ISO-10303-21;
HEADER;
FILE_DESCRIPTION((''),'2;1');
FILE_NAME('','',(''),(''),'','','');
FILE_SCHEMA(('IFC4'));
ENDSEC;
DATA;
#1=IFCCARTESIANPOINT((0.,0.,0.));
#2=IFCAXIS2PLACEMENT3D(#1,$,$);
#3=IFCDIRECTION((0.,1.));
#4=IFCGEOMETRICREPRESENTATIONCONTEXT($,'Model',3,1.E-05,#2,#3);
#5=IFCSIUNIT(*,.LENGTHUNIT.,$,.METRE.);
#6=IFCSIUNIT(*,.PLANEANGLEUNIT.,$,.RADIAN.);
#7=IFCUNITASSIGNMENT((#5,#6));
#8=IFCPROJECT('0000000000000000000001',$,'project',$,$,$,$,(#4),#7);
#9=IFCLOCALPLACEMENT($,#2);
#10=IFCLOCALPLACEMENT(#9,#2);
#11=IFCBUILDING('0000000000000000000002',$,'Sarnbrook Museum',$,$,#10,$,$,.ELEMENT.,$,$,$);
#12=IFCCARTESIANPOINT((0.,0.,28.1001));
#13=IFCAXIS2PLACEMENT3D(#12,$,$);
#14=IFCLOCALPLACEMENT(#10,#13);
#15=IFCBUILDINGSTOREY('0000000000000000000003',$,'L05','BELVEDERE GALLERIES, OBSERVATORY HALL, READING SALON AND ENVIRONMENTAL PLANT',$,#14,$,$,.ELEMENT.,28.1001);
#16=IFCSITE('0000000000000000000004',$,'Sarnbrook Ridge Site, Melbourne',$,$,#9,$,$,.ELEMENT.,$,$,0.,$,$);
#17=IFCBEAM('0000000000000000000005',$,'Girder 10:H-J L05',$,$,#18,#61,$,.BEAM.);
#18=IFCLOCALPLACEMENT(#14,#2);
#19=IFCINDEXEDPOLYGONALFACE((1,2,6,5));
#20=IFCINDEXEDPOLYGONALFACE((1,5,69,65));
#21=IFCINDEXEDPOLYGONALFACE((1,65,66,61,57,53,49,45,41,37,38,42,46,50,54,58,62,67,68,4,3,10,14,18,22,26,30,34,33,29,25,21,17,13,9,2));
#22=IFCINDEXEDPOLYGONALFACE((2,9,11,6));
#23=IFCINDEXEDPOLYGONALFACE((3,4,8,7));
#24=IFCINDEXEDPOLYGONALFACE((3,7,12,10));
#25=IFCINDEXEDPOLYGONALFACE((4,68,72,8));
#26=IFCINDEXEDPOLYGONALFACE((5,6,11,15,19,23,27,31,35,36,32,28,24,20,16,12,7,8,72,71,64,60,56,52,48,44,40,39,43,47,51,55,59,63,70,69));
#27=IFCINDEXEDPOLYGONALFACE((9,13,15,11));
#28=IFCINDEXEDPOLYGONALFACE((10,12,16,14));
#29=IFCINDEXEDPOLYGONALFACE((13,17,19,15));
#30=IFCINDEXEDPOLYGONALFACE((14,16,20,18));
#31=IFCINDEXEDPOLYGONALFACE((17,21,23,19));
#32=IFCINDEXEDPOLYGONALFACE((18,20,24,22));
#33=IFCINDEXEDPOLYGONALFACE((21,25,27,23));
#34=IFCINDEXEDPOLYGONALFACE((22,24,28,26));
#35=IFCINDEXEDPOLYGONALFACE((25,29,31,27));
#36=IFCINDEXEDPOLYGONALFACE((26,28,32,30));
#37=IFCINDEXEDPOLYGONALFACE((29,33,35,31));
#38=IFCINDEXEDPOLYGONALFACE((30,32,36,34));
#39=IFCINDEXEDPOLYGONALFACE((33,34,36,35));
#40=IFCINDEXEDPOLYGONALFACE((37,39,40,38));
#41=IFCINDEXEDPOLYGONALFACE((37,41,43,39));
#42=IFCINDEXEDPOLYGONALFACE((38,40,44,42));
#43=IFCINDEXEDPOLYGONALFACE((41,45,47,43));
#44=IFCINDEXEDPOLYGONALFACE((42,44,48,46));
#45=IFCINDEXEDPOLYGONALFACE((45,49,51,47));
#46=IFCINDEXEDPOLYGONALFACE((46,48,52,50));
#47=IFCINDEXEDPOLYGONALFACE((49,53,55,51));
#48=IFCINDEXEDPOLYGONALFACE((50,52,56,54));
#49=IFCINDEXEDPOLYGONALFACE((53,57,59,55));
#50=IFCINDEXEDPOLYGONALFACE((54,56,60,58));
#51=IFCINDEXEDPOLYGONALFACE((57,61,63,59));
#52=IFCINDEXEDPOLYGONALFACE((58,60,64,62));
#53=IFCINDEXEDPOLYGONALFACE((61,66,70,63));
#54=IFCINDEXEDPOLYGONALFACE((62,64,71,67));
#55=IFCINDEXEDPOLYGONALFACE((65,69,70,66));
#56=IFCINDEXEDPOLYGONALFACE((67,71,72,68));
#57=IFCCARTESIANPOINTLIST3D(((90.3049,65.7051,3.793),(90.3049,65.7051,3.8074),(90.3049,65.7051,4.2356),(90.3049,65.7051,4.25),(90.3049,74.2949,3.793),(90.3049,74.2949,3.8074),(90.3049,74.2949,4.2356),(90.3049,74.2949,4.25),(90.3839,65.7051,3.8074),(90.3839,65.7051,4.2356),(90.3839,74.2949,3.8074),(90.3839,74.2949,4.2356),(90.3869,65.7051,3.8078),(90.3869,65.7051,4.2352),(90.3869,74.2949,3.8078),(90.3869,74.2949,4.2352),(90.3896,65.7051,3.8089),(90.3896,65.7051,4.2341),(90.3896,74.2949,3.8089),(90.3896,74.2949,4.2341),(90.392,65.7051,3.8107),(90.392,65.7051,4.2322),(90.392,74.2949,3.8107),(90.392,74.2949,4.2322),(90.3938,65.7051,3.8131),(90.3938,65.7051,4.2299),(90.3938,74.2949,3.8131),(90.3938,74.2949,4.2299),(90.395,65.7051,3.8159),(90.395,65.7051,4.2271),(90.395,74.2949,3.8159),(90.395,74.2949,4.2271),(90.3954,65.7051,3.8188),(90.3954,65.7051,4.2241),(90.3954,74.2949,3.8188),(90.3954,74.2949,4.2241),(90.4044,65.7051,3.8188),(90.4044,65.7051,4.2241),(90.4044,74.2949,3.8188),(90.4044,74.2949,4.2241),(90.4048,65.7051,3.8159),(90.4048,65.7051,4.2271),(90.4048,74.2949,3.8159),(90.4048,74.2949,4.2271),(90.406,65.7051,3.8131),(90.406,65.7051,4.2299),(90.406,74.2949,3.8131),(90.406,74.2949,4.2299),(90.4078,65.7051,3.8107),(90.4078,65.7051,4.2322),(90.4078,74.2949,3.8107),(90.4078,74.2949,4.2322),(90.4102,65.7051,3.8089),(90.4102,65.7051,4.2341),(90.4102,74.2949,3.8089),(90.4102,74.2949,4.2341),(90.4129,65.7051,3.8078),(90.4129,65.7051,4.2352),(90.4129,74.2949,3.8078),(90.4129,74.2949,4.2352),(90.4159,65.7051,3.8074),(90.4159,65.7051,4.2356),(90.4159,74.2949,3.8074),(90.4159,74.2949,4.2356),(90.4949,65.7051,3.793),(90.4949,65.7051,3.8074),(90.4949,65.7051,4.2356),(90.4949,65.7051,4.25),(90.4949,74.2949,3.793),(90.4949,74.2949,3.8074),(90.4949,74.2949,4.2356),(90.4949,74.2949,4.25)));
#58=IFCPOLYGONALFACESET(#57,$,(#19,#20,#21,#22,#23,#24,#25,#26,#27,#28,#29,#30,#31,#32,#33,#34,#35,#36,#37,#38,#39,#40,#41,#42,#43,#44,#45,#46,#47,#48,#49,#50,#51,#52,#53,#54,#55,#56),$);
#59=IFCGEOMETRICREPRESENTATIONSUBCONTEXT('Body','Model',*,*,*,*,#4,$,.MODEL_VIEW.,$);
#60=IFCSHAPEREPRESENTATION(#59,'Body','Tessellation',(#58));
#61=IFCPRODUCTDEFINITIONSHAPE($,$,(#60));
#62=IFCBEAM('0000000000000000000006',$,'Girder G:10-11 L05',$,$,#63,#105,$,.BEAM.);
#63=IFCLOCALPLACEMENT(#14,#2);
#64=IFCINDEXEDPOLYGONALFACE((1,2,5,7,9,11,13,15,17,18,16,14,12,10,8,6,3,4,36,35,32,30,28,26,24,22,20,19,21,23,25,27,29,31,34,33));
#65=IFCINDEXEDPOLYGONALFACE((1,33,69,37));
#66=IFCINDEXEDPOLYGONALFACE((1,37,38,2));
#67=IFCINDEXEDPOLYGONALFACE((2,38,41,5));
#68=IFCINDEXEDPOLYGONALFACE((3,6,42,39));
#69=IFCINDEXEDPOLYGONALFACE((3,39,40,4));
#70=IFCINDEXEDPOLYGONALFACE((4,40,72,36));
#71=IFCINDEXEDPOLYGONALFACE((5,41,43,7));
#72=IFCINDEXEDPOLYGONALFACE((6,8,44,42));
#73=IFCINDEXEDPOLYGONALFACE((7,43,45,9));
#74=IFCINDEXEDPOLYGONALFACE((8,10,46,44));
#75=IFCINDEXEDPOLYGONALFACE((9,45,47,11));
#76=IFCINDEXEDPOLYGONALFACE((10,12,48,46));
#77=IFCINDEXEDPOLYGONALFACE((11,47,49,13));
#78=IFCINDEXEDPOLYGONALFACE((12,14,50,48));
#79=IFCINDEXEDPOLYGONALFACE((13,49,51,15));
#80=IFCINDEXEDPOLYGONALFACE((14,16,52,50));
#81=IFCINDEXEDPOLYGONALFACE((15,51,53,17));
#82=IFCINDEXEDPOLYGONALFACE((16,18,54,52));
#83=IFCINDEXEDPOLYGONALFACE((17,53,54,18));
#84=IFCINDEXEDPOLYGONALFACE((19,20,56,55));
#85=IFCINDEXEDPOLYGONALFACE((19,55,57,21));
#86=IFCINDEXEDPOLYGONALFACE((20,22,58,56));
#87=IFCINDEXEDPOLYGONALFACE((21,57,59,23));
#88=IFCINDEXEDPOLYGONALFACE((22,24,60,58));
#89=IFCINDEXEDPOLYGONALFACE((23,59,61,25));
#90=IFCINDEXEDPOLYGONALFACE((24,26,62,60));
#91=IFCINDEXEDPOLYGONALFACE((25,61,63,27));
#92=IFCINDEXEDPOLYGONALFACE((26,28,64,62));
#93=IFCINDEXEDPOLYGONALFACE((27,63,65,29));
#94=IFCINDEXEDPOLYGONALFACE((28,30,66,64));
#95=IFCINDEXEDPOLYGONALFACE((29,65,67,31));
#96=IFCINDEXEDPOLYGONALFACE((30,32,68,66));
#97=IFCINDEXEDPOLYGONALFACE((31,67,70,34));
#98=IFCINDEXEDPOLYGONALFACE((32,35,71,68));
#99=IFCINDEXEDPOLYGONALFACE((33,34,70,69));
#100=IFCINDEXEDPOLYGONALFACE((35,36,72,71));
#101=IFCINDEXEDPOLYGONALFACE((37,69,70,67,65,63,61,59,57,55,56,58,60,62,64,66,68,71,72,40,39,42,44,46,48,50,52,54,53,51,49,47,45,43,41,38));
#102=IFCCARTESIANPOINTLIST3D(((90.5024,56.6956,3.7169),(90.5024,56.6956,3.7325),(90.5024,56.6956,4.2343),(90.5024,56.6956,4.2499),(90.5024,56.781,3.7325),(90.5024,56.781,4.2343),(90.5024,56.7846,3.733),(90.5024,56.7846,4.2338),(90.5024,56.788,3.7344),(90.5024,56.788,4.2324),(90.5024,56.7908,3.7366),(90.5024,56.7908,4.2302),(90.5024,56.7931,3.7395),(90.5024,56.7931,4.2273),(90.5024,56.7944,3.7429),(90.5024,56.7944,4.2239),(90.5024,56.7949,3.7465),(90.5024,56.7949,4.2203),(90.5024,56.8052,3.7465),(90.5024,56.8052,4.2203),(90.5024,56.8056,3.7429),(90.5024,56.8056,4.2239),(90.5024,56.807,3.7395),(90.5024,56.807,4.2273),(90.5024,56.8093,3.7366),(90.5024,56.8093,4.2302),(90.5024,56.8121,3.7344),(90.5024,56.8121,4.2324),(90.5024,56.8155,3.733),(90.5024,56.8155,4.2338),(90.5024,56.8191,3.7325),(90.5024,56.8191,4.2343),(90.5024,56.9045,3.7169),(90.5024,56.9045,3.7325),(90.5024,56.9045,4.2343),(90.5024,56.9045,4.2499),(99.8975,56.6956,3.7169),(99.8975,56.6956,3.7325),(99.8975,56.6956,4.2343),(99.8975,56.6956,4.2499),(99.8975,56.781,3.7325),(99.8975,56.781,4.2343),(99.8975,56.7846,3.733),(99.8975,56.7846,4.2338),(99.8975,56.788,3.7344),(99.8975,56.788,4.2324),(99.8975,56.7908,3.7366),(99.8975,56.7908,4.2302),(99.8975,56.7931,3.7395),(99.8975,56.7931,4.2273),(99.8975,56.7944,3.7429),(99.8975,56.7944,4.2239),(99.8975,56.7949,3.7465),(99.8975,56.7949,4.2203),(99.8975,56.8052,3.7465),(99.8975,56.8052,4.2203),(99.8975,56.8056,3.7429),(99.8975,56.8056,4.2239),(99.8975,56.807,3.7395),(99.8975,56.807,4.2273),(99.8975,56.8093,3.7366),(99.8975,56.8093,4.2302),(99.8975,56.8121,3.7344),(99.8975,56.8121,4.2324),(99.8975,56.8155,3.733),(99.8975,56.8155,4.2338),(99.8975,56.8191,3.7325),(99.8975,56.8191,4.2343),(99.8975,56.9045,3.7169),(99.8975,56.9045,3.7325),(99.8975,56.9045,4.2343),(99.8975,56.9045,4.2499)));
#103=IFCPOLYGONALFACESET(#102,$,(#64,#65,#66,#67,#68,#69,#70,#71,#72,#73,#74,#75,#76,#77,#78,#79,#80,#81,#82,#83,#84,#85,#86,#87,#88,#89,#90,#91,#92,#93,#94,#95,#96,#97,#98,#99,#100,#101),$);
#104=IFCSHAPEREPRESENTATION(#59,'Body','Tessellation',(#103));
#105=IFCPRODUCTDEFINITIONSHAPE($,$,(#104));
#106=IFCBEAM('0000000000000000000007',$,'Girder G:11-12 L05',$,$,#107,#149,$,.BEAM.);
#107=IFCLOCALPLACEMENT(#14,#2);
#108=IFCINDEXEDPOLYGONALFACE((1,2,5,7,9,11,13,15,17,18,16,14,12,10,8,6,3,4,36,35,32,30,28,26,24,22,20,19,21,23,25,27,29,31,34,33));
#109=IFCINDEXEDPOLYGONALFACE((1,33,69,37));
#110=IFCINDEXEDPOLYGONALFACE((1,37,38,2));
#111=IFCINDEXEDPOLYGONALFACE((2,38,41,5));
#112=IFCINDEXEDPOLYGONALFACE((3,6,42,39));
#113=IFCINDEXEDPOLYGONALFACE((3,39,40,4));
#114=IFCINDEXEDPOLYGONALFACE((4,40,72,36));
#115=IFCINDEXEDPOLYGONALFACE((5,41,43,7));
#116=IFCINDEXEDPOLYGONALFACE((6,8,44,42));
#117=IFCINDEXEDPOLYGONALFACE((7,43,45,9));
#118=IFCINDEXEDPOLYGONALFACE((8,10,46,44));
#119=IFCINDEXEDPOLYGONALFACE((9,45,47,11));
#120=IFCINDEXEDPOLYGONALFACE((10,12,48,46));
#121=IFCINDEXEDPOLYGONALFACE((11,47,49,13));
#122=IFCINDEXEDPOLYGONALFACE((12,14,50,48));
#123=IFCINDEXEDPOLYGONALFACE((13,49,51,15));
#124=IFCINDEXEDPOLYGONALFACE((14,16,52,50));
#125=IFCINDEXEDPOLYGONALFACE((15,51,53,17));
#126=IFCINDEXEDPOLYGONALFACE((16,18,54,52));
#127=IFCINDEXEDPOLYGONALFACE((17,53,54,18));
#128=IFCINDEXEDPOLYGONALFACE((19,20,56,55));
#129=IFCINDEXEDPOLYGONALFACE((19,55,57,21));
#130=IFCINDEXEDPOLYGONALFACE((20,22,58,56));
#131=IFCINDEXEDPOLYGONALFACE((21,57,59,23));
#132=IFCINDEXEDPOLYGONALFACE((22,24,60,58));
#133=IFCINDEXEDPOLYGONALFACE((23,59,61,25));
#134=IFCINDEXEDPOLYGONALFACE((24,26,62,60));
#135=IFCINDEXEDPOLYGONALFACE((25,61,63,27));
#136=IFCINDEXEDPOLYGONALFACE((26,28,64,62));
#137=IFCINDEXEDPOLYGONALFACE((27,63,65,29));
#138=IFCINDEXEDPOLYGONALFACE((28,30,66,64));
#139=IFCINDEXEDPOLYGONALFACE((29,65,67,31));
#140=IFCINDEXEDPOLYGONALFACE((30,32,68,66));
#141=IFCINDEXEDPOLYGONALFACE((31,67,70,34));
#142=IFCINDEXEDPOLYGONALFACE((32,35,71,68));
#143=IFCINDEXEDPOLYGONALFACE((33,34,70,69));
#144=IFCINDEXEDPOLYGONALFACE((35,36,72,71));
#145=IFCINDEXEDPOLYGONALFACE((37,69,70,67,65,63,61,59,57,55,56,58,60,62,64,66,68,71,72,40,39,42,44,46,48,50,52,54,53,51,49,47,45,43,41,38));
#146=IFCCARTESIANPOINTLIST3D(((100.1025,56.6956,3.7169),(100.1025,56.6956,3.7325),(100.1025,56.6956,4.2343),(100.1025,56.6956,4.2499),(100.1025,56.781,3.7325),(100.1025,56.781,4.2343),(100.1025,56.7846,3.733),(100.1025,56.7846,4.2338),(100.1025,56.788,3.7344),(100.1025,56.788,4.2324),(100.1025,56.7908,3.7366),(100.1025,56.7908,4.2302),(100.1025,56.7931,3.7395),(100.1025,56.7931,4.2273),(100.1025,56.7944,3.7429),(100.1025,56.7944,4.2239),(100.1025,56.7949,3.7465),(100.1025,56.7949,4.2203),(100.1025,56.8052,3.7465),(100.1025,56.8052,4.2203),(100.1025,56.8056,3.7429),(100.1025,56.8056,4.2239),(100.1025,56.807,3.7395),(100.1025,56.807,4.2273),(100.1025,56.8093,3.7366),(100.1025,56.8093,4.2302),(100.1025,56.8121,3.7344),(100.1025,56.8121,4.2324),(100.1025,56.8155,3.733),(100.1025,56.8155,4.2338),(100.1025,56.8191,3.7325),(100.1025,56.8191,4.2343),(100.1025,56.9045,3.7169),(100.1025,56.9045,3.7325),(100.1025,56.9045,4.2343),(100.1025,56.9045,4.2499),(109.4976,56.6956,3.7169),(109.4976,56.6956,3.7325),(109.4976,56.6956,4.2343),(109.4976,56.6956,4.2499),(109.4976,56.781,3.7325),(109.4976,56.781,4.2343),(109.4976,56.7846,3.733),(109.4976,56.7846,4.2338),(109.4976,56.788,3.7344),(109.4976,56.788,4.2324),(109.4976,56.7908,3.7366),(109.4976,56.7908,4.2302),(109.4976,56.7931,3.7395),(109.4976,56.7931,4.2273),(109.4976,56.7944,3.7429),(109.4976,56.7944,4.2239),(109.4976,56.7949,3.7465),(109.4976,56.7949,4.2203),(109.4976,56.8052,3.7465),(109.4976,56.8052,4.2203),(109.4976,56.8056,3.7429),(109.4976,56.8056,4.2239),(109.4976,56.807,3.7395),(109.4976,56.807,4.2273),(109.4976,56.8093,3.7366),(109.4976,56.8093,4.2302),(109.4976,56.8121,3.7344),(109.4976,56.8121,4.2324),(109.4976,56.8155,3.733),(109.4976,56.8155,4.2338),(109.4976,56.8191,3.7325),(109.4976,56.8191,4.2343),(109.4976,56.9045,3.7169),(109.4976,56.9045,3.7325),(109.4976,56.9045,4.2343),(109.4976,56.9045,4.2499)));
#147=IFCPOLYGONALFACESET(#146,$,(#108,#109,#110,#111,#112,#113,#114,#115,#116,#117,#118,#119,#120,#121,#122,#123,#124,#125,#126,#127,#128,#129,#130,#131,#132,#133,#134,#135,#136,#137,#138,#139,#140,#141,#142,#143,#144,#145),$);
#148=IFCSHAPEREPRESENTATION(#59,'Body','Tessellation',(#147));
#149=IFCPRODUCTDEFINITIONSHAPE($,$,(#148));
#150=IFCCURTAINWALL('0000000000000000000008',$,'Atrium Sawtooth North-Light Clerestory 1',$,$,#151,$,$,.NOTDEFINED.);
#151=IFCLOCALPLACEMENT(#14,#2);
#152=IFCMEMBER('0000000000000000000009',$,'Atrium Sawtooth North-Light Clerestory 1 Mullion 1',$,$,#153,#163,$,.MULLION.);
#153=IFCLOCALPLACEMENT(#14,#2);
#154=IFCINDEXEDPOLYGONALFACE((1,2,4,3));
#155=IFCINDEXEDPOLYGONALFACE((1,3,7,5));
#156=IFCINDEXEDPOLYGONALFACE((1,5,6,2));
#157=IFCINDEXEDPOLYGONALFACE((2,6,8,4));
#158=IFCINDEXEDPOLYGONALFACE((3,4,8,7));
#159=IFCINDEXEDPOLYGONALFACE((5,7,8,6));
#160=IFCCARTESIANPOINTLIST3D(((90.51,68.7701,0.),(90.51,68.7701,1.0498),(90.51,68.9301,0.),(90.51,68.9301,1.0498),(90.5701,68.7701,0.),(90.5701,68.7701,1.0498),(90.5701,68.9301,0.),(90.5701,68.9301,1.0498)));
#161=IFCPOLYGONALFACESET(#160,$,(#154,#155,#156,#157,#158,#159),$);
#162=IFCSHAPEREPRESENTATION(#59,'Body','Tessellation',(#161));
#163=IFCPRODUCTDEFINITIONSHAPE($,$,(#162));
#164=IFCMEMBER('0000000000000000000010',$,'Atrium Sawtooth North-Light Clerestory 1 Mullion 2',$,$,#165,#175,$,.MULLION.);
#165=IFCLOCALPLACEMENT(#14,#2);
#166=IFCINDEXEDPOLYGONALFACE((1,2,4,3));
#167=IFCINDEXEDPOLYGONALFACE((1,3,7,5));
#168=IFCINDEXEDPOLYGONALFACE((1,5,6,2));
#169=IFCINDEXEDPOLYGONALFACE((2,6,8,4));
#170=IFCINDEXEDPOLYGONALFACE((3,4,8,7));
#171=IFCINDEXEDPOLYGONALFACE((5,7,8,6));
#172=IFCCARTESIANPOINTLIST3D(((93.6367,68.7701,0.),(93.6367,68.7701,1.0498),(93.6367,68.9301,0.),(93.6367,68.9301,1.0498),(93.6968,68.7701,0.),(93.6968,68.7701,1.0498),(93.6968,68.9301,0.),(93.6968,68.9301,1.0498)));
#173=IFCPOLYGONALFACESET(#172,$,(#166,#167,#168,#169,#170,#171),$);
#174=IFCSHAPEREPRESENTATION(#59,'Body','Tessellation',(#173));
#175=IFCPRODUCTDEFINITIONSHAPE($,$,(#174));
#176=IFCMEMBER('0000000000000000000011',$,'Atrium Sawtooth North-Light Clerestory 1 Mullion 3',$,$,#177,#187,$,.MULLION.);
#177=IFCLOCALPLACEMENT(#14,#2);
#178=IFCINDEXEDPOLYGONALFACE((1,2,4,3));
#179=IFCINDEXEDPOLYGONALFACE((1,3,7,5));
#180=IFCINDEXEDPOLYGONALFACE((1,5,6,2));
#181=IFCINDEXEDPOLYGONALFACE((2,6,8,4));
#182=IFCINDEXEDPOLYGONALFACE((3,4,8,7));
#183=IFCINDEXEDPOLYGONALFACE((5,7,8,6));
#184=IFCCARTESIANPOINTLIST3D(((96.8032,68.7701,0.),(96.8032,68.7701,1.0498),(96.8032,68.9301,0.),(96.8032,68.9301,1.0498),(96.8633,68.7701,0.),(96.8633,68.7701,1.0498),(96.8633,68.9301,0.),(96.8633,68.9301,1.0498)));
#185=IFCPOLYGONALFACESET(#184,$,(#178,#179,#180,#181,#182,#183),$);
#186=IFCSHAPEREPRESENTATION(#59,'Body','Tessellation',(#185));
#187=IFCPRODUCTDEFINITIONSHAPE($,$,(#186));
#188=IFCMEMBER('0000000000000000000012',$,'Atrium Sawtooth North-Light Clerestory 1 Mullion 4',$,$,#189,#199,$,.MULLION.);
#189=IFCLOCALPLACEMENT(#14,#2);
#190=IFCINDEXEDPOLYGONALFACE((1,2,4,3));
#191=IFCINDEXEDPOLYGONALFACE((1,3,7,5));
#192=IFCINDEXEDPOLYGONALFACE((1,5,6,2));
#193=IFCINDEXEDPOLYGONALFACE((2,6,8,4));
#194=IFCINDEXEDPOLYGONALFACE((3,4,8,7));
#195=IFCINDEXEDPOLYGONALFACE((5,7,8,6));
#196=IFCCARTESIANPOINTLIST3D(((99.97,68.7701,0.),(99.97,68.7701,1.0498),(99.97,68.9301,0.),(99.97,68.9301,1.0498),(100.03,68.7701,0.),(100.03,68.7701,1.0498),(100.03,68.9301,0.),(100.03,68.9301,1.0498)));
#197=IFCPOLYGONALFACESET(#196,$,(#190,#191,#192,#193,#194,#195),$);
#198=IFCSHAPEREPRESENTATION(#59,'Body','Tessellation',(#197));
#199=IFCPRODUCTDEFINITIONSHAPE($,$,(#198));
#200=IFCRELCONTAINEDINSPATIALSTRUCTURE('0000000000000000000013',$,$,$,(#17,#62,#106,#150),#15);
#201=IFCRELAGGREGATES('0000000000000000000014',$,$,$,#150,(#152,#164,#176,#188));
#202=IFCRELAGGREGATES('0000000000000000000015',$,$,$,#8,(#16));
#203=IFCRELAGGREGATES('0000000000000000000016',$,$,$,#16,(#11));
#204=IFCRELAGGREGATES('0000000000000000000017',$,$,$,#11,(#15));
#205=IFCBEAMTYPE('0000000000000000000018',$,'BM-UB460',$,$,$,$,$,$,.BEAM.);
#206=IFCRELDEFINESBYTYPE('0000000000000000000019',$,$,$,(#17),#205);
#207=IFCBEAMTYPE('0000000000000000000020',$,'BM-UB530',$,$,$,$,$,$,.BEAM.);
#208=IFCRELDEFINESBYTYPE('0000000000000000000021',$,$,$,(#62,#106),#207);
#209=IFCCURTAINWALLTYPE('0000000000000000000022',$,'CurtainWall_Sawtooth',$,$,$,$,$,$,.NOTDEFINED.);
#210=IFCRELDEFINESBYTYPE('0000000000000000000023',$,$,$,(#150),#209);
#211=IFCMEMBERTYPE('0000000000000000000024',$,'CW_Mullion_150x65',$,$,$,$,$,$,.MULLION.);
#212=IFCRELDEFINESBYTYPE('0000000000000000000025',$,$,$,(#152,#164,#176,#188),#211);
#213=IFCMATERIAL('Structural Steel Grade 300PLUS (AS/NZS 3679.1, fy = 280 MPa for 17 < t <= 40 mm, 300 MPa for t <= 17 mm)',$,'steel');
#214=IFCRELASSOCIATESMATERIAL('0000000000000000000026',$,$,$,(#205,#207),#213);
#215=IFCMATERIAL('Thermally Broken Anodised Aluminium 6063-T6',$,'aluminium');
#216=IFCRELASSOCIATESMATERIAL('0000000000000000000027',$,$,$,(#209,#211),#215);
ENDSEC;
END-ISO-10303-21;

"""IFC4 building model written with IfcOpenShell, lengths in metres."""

from ifc_helpers import new_model, si_unit, direction, frame, origin, origin_2d, place, context, subcontext, project, spatial, rectangle, i_section, extrude, material, material_profile, profile_set, type_object, element, aggregate, save


model = new_model("IFC4")

# Units and contexts
model_context = context("Model", 3, precision=1e-05, world=origin(), true_north=direction((0.0, 1.0)))
body_context = subcontext(model_context, "Body", "Model", "MODEL_VIEW")
ifc_project = project(units=[si_unit("LENGTHUNIT", "METRE"), si_unit("PLANEANGLEUNIT", "RADIAN")], contexts=[model_context])

# Site, building, storey
site_placement = place(None, origin())
site = spatial("IfcSite", under=ifc_project, at=site_placement, Name="Sarnbrook Ridge Site, Melbourne", CompositionType="ELEMENT", RefElevation=0.0)
building_placement = place(site_placement, origin())
building = spatial("IfcBuilding", under=site, at=building_placement, Name="Sarnbrook Museum", CompositionType="ELEMENT")
storey_placement = place(building_placement, frame((0.0, 0.0, 28.1001)))
storey = spatial("IfcBuildingStorey", under=building, at=storey_placement, Name="L05", Description="BELVEDERE GALLERIES, OBSERVATORY HALL, READING SALON AND ENVIRONMENTAL PLANT", CompositionType="ELEMENT", Elevation=28.1001)

# Shared definitions
ifc_material_1 = material(Name="Structural Steel Grade 300PLUS (AS/NZS 3679.1, fy = 280 MPa for 17 < t <= 40 mm, 300 MPa for t <= 17 mm)", Category="steel")

# Beams
ifc_material_profile_1 = material_profile(ifc_material_1, i_section(OverallWidth=0.1899, OverallDepth=0.457, WebThickness=0.009, FlangeThickness=0.0144, FilletRadius=0.0115, at=origin_2d()), Name="460UB74.6")
ifc_profile_set_1 = profile_set([ifc_material_profile_1], Name="Structural Steel Grade 300PLUS (AS/NZS 3679.1, fy = 280 MPa for 17 < t <= 40 mm, 300 MPa for t <= 17 mm)")
beam_type_1 = type_object("IfcBeamType", Name="BM-UB460", PredefinedType="BEAM", material=ifc_profile_set_1)
beam_1_placement = place(storey_placement, frame((90.3999, 65.7051, 4.0215), z_axis=(0.0, 1.0, 0.0), x_axis=(-1.0, 0.0, 0.0)))
element("IfcBeam", 1, at=beam_1_placement, inside=storey, type_object=beam_type_1, Name="Girder 10:H-J L05", PredefinedType="BEAM", context=body_context, shape_type="SweptSolid", body=[
    extrude(i_section(OverallWidth=0.1899, OverallDepth=0.457, WebThickness=0.009, FlangeThickness=0.0144, FilletRadius=0.0115, at=origin_2d()), origin(), (0.0, 0.0, 1.0), 8.5898),
])
ifc_material_profile_2 = material_profile(ifc_material_1, i_section(OverallWidth=0.209, OverallDepth=0.533, WebThickness=0.0103, FlangeThickness=0.0156, FilletRadius=0.0139, at=origin_2d()), Name="530UB92.4")
ifc_profile_set_2 = profile_set([ifc_material_profile_2], Name="Structural Steel Grade 300PLUS (AS/NZS 3679.1, fy = 280 MPa for 17 < t <= 40 mm, 300 MPa for t <= 17 mm)")
beam_type_2 = type_object("IfcBeamType", Name="BM-UB530", PredefinedType="BEAM", material=ifc_profile_set_2)
for number, where, z_axis, x_axis, name in (
    (2, (90.5024, 56.8, 3.9834), (1.0, 0.0, 0.0), (0.0, 1.0, 0.0), "Girder G:10-11 L05"),
    (3, (100.1025, 56.8, 3.9834), (1.0, 0.0, 0.0), (0.0, 1.0, 0.0), "Girder G:11-12 L05"),
):
    element("IfcBeam", number, at=place(storey_placement, frame(where, z_axis=z_axis, x_axis=x_axis)), inside=storey, type_object=beam_type_2, Name=name, PredefinedType="BEAM", context=body_context, shape_type="SweptSolid", body=[
        extrude(i_section(OverallWidth=0.209, OverallDepth=0.533, WebThickness=0.0103, FlangeThickness=0.0156, FilletRadius=0.0139, at=origin_2d()), origin(), (0.0, 0.0, 1.0), 9.395),
    ])

# Curtain wall, members
ifc_material_2 = material(Name="Thermally Broken Anodised Aluminium 6063-T6", Category="aluminium")
curtain_wall_type = type_object("IfcCurtainWallType", Name="CurtainWall_Sawtooth", PredefinedType="NOTDEFINED", material=ifc_material_2)
curtain_wall_placement = place(storey_placement, origin())
curtain_wall = element("IfcCurtainWall", 4, at=curtain_wall_placement, inside=storey, type_object=curtain_wall_type, Name="Atrium Sawtooth North-Light Clerestory 1", PredefinedType="NOTDEFINED")
ifc_material_profile_3 = material_profile(ifc_material_2, rectangle(XDim=0.0601, YDim=0.1599, at=origin_2d()), Name="ALU MULLION 60x160")
ifc_profile_set_3 = profile_set([ifc_material_profile_3], Name="Thermally Broken Anodised Aluminium 6063-T6")
member_type_1 = type_object("IfcMemberType", Name="CW_Mullion_150x65", PredefinedType="MULLION", material=ifc_profile_set_3)
member_1_placement = place(storey_placement, frame((90.54, 68.8501, 0.0), z_axis=(0.0, 0.0, 1.0), x_axis=(1.0, 0.0, 0.0)))
member_1 = element("IfcMember", 5, at=member_1_placement, type_object=member_type_1, Name="Atrium Sawtooth North-Light Clerestory 1 Mullion 1", PredefinedType="MULLION", context=body_context, shape_type="SweptSolid", body=[
    extrude(rectangle(XDim=0.0601, YDim=0.1599, at=origin_2d()), origin(), (0.0, 0.0, 1.0), 1.0498),
])
member_2_placement = place(storey_placement, frame((93.6667, 68.8501, 0.0), z_axis=(0.0, 0.0, 1.0), x_axis=(1.0, 0.0, 0.0)))
member_2 = element("IfcMember", 6, at=member_2_placement, type_object=member_type_1, Name="Atrium Sawtooth North-Light Clerestory 1 Mullion 2", PredefinedType="MULLION", context=body_context, shape_type="SweptSolid", body=[
    extrude(rectangle(XDim=0.0601, YDim=0.1599, at=origin_2d()), origin(), (0.0, 0.0, 1.0), 1.0498),
])
member_3_placement = place(storey_placement, frame((96.8333, 68.8501, 0.0), z_axis=(0.0, 0.0, 1.0), x_axis=(1.0, 0.0, 0.0)))
member_3 = element("IfcMember", 7, at=member_3_placement, type_object=member_type_1, Name="Atrium Sawtooth North-Light Clerestory 1 Mullion 3", PredefinedType="MULLION", context=body_context, shape_type="SweptSolid", body=[
    extrude(rectangle(XDim=0.0601, YDim=0.1599, at=origin_2d()), origin(), (0.0, 0.0, 1.0), 1.0498),
])
member_4_placement = place(storey_placement, frame((100.0, 68.8501, 0.0), z_axis=(0.0, 0.0, 1.0), x_axis=(1.0, 0.0, 0.0)))
member_4 = element("IfcMember", 8, at=member_4_placement, type_object=member_type_1, Name="Atrium Sawtooth North-Light Clerestory 1 Mullion 4", PredefinedType="MULLION", context=body_context, shape_type="SweptSolid", body=[
    extrude(rectangle(XDim=0.0601, YDim=0.1599, at=origin_2d()), origin(), (0.0, 0.0, 1.0), 1.0498),
])
aggregate(curtain_wall, [member_1, member_2, member_3, member_4])

save(model, "model.ifc")
